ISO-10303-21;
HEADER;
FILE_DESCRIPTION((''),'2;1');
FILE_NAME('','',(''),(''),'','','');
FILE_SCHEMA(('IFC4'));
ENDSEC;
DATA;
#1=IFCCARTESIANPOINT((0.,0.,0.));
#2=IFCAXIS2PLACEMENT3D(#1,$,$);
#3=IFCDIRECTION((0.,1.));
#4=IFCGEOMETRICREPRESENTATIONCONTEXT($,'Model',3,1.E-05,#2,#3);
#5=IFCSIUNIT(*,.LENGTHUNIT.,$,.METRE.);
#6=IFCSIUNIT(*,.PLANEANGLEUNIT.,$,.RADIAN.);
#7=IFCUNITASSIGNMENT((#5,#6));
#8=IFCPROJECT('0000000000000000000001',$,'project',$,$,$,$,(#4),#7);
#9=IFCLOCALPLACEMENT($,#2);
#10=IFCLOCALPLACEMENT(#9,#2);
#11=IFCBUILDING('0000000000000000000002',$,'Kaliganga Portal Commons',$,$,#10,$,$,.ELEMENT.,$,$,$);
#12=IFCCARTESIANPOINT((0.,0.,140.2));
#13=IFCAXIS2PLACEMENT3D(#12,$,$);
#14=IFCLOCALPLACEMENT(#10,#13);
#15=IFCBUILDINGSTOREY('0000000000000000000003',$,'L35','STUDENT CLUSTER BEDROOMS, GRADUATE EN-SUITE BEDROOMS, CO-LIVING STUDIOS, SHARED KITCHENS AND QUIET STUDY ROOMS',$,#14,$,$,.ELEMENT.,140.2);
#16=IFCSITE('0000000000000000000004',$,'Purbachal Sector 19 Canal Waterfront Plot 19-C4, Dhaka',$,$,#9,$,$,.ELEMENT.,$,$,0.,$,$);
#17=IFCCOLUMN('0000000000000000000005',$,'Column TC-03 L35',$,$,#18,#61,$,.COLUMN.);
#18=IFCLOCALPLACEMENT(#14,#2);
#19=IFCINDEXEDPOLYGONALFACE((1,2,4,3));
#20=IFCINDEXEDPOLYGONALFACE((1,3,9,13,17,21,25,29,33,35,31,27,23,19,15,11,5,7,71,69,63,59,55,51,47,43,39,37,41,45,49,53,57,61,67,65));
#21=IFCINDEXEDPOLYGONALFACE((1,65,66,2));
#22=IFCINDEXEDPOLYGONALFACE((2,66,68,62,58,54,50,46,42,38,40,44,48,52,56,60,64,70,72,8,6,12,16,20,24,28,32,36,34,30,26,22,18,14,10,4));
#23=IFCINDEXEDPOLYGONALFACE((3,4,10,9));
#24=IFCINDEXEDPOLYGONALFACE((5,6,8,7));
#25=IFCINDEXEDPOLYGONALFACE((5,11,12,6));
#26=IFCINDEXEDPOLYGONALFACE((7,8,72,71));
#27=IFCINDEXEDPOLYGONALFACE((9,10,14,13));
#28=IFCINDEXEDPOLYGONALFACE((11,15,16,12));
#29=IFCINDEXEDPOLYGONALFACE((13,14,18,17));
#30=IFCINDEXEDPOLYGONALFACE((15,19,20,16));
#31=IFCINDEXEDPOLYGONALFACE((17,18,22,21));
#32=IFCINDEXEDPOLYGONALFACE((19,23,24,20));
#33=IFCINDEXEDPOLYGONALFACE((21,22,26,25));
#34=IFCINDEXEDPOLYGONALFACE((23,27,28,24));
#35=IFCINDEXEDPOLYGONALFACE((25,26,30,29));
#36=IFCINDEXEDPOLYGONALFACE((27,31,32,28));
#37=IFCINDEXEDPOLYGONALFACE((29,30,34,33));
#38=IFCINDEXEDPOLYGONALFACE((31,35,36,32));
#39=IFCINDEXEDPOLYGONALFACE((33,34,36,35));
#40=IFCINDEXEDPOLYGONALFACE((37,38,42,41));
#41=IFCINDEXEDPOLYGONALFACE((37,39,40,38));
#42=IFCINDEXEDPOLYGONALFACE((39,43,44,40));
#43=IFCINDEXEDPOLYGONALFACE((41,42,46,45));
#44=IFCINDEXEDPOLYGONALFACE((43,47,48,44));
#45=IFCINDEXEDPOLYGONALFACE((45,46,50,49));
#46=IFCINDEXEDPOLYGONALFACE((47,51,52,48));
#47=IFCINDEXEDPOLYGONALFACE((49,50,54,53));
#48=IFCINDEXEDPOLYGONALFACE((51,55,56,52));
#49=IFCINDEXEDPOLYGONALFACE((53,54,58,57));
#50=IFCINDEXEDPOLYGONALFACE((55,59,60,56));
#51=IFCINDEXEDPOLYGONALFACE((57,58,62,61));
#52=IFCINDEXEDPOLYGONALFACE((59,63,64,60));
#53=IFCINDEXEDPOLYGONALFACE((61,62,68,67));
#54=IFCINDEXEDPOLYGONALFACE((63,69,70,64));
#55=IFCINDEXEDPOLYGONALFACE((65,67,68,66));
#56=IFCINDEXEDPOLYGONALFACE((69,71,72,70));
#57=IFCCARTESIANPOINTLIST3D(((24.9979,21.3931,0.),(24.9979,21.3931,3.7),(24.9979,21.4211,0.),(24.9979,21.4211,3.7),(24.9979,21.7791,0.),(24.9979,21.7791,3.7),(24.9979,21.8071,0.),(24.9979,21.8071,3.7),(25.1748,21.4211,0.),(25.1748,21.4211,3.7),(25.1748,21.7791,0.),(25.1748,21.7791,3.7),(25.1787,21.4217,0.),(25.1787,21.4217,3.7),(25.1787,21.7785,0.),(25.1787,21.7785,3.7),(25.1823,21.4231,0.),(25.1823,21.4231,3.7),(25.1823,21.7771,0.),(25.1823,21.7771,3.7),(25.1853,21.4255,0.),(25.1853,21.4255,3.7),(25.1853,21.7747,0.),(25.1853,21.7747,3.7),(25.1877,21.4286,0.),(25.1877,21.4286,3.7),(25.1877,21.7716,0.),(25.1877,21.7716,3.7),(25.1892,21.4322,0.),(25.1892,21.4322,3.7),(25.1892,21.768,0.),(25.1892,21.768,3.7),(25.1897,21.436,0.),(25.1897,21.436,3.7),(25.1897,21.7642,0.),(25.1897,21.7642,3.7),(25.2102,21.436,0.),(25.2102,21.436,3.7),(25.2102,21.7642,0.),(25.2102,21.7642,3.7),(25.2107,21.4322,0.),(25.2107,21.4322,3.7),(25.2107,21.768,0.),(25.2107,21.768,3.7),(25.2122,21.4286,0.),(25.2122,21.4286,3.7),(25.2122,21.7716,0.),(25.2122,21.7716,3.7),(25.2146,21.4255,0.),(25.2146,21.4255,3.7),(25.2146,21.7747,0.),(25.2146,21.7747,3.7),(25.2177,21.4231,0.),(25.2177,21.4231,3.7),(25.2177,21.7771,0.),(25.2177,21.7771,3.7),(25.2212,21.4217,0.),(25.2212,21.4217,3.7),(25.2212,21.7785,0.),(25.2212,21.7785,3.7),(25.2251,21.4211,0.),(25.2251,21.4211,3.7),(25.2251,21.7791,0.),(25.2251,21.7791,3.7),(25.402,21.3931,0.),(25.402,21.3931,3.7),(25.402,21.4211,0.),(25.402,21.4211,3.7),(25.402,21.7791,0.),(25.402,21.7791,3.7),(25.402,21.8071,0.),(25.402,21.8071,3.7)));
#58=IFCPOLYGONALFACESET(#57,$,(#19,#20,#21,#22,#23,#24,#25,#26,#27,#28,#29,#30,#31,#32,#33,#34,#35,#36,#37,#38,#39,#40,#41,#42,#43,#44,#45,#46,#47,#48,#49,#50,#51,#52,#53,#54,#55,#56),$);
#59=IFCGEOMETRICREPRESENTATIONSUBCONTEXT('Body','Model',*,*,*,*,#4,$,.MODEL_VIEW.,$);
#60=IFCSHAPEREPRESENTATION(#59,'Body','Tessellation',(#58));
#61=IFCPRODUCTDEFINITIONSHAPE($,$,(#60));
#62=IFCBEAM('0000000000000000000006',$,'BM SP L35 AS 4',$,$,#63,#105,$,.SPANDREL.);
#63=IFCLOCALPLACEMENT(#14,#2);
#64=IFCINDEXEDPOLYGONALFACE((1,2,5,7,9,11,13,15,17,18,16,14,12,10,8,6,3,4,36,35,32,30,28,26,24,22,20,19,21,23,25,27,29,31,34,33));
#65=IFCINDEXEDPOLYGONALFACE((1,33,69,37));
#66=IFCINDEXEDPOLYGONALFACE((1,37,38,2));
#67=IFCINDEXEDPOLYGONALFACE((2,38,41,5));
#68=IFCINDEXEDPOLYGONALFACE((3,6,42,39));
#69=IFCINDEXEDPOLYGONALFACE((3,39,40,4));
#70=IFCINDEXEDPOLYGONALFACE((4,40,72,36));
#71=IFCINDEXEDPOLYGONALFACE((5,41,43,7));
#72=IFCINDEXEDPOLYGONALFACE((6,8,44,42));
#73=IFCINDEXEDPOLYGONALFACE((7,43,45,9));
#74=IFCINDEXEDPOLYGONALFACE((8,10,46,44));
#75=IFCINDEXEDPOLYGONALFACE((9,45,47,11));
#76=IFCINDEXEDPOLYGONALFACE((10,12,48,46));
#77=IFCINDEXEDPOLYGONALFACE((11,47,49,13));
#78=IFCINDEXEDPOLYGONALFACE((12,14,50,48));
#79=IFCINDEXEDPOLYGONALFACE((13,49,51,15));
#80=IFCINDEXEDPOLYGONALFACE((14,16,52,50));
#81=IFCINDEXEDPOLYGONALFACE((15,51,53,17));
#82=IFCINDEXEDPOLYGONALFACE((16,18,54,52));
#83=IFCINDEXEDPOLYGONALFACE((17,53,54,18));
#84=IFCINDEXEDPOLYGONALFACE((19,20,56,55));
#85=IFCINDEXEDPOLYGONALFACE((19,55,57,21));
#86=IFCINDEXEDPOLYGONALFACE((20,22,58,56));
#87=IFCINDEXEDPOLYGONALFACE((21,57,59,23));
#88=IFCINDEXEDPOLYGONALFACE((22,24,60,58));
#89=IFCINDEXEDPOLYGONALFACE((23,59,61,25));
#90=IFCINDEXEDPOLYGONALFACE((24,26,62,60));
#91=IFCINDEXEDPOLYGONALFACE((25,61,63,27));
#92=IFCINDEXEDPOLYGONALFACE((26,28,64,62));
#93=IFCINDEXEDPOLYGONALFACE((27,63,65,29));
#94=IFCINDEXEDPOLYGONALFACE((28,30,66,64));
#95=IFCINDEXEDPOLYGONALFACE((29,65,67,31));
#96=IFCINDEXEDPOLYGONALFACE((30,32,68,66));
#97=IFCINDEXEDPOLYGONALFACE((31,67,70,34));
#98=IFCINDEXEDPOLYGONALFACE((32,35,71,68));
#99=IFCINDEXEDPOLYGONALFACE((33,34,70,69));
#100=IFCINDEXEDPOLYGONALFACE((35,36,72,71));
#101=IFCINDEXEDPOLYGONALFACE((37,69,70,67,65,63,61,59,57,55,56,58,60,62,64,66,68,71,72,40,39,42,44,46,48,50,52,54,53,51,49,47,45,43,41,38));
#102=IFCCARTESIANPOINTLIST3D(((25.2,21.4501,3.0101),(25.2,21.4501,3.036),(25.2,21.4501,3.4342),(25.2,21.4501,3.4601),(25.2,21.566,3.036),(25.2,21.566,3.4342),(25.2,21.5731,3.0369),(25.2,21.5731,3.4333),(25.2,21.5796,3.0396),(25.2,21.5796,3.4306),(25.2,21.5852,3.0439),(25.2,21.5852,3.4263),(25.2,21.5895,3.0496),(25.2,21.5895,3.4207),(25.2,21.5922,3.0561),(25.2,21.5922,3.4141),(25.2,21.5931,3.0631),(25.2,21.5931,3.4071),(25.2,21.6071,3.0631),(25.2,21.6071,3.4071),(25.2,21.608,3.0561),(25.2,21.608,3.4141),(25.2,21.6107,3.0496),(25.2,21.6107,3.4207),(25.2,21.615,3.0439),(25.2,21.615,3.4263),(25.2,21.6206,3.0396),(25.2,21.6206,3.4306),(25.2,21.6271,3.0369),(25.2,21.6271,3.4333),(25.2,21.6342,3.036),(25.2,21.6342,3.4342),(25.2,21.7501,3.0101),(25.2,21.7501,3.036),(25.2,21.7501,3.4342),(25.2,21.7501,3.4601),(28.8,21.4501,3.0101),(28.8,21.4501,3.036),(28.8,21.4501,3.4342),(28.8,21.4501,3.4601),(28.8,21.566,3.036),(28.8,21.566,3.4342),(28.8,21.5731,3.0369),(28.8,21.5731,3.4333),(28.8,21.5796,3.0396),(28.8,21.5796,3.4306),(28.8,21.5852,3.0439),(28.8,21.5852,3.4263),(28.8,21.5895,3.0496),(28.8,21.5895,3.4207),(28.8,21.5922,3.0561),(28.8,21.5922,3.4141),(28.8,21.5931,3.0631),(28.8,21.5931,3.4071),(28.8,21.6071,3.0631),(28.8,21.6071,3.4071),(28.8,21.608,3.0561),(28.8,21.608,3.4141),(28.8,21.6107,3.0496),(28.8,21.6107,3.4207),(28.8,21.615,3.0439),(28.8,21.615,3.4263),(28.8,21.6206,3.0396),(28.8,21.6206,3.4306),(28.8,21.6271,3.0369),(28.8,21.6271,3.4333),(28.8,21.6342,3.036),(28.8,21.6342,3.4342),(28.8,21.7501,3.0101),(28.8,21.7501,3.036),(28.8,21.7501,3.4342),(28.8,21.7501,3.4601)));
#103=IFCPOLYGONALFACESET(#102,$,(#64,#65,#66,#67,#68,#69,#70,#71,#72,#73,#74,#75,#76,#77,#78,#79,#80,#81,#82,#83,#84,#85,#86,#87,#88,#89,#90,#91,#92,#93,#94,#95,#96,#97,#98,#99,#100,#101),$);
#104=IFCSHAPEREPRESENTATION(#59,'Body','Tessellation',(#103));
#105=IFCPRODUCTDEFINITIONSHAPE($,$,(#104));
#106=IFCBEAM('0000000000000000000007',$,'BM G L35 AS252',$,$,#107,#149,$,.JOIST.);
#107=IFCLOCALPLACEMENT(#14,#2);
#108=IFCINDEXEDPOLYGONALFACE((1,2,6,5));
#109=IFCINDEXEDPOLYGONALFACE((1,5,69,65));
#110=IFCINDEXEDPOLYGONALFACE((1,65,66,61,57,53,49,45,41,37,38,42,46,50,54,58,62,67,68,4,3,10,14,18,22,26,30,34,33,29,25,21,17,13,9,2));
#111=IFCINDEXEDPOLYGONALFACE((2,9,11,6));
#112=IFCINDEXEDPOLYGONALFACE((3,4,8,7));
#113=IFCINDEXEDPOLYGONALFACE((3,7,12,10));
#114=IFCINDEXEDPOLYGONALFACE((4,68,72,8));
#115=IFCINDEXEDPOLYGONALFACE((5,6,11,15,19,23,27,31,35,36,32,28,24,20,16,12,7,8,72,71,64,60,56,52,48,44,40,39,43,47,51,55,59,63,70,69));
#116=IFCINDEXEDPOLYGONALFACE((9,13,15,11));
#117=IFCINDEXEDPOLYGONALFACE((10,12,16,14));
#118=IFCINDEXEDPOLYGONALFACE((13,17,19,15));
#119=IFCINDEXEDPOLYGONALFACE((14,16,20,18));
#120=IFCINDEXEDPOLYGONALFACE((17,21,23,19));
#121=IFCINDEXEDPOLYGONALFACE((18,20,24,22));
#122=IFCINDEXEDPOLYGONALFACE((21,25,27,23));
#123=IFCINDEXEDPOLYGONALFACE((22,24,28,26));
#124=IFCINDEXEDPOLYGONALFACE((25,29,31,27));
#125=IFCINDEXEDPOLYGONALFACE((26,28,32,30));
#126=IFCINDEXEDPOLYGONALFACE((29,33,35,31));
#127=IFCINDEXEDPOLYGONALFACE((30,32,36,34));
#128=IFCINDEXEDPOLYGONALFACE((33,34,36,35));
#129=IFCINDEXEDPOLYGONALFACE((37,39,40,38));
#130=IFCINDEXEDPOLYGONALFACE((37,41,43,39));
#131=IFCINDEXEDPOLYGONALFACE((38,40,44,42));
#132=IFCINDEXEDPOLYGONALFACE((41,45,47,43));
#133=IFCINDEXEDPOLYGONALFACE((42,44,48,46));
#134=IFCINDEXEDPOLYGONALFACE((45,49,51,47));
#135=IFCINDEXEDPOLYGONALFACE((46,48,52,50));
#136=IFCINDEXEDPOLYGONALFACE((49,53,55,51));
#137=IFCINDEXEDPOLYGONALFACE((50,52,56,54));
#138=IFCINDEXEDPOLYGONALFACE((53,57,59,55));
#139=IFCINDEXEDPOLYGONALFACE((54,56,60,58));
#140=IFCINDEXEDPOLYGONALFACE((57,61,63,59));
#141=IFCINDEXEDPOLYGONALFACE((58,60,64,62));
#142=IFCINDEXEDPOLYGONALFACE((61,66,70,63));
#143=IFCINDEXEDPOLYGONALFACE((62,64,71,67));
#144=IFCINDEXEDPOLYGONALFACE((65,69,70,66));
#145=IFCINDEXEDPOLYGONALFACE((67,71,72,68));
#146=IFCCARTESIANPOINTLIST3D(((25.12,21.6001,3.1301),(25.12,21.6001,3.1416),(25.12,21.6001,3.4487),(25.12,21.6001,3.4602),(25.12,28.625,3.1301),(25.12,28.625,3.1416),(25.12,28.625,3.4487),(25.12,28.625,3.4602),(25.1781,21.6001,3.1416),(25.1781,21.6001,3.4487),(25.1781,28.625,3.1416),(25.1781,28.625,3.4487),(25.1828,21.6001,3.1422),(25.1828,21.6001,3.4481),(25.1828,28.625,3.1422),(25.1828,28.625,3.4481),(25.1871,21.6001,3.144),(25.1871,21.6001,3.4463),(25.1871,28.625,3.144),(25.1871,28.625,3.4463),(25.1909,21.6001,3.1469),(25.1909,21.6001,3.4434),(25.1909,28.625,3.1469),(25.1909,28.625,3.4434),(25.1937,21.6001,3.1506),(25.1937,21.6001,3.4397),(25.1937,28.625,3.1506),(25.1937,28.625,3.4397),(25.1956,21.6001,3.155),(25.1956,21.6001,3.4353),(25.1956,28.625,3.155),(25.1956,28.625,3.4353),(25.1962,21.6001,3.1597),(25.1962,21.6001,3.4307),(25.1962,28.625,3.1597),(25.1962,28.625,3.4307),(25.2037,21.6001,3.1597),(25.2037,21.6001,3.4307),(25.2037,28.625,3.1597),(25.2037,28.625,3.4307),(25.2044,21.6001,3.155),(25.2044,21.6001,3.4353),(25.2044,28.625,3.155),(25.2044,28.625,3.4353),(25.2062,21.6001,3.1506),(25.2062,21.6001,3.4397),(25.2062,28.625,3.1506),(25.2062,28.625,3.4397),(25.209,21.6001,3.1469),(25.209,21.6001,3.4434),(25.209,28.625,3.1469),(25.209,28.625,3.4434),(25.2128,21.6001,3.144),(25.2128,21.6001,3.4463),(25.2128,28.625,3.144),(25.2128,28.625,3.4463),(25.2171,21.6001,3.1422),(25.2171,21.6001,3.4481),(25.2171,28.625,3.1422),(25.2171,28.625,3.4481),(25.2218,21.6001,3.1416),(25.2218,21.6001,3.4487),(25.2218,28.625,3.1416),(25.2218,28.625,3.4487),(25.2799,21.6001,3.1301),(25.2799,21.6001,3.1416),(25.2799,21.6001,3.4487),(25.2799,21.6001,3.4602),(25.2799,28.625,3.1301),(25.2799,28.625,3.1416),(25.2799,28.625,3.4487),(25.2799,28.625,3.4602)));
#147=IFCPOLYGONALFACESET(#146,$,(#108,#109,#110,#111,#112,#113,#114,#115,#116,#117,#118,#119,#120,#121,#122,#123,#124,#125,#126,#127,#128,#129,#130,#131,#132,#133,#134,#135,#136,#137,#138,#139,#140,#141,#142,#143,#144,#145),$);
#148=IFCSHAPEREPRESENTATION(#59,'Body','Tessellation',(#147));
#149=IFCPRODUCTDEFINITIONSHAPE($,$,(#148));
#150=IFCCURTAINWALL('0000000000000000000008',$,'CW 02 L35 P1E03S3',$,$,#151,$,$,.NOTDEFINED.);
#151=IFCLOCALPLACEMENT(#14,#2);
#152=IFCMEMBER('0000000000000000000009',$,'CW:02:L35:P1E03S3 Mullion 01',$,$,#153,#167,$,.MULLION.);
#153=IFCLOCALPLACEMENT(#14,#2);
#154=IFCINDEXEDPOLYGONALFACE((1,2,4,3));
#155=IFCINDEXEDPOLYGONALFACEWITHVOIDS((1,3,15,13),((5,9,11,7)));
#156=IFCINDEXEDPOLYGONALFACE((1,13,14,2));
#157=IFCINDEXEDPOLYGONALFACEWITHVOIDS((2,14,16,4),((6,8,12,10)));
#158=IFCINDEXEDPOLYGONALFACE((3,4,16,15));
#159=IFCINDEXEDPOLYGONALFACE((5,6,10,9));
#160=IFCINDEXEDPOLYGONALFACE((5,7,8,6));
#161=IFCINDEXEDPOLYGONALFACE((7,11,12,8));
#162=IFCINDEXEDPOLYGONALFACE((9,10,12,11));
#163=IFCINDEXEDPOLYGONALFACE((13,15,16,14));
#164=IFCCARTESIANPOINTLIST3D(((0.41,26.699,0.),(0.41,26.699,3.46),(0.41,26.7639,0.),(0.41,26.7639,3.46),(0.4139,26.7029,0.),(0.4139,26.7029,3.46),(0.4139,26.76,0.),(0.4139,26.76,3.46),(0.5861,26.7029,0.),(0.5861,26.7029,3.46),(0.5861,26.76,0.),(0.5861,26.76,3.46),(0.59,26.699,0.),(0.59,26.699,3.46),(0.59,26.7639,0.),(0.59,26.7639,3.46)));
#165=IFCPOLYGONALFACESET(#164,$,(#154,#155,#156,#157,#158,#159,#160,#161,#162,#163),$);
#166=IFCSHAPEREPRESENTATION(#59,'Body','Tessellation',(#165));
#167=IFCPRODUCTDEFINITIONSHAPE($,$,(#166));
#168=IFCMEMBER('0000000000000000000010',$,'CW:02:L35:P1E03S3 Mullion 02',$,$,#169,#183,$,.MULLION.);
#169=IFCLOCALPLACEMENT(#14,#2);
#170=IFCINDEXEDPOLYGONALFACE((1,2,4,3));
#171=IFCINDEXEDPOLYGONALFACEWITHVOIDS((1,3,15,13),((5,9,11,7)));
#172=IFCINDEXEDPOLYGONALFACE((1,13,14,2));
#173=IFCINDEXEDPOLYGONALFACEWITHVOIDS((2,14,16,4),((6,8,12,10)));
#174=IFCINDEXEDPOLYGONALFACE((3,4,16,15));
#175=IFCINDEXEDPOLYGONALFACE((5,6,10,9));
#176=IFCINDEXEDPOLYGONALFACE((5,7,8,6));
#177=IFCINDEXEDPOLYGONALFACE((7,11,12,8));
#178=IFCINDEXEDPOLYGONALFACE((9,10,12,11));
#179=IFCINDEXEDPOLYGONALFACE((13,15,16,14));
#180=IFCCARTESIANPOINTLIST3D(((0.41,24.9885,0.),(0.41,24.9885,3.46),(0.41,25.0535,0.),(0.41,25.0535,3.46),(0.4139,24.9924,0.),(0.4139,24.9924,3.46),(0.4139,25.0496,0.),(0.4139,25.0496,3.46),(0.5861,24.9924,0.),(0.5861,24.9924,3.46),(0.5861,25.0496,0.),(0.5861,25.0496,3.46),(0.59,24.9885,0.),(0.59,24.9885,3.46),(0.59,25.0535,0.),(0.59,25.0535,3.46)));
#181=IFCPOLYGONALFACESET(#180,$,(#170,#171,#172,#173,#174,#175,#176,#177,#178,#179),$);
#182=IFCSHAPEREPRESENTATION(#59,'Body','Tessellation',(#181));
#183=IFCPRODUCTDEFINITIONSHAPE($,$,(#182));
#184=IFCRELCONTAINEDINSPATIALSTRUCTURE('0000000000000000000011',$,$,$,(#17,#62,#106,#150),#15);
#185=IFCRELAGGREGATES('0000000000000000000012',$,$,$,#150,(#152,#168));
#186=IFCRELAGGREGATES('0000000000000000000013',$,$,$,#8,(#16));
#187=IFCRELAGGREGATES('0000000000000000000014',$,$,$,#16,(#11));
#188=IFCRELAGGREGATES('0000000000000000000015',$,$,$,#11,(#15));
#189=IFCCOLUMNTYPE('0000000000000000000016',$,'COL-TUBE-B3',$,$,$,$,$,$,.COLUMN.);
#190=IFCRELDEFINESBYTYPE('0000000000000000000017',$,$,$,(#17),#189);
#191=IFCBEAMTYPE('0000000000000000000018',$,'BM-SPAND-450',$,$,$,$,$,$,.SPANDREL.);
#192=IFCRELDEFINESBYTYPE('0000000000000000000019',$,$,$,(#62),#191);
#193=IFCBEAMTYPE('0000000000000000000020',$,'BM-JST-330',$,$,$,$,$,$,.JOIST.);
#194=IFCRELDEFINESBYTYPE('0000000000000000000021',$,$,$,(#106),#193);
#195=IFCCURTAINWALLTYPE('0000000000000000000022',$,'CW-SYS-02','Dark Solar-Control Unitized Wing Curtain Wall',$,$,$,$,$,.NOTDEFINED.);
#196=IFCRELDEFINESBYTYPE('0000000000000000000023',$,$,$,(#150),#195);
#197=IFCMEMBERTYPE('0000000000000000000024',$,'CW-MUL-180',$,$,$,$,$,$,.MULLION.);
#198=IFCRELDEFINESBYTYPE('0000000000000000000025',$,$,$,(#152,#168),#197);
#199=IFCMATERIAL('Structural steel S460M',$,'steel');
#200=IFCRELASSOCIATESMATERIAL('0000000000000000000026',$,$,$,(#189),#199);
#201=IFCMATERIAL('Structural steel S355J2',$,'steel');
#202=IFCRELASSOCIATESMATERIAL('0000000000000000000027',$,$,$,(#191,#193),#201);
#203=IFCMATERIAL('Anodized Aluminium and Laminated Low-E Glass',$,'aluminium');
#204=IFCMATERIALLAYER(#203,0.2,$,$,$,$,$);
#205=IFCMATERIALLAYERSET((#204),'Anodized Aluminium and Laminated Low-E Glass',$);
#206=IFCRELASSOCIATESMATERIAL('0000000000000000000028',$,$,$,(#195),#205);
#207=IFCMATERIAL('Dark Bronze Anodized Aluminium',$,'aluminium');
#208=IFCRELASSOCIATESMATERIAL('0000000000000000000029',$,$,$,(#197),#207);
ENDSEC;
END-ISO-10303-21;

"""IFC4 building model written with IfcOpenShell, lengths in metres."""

from ifc_helpers import new_model, si_unit, direction, frame, origin, origin_2d, place, context, subcontext, project, spatial, hollow_rectangle, i_section, extrude, source, transform, mapped, material, layer, layer_set, material_profile, profile_set, type_object, element, aggregate, save


model = new_model("IFC4")

# Units and contexts
model_context = context("Model", 3, precision=1e-05, world=origin(), true_north=direction((0.0, 1.0)))
body_context = subcontext(model_context, "Body", "Model", "MODEL_VIEW")
ifc_project = project(units=[si_unit("LENGTHUNIT", "METRE"), si_unit("PLANEANGLEUNIT", "RADIAN")], contexts=[model_context])

# Site, building, storey
site_placement = place(None, origin())
site = spatial("IfcSite", under=ifc_project, at=site_placement, Name="Purbachal Sector 19 Canal Waterfront Plot 19-C4, Dhaka", CompositionType="ELEMENT", RefElevation=0.0)
building_placement = place(site_placement, origin())
building = spatial("IfcBuilding", under=site, at=building_placement, Name="Kaliganga Portal Commons", CompositionType="ELEMENT")
storey_placement = place(building_placement, frame((0.0, 0.0, 140.2)))
storey = spatial("IfcBuildingStorey", under=building, at=storey_placement, Name="L35", Description="STUDENT CLUSTER BEDROOMS, GRADUATE EN-SUITE BEDROOMS, CO-LIVING STUDIOS, SHARED KITCHENS AND QUIET STUDY ROOMS", CompositionType="ELEMENT", Elevation=140.2)

# Column
ifc_material_1 = material(Name="Structural steel S460M", Category="steel")
ifc_material_profile_1 = material_profile(ifc_material_1, i_section(OverallWidth=0.4041, OverallDepth=0.4141, WebThickness=0.0205, FlangeThickness=0.0281, FilletRadius=0.0149, at=origin_2d()), Name="HD 400x347")
ifc_profile_set_1 = profile_set([ifc_material_profile_1], Name="Structural steel S460M wide-flange")
column_type = type_object("IfcColumnType", Name="COL-TUBE-B3", PredefinedType="COLUMN", material=ifc_profile_set_1)
shared_shape_1 = source(origin(), body_context, "Body", "SweptSolid", [
    extrude(i_section(OverallWidth=0.4041, OverallDepth=0.4141, WebThickness=0.0205, FlangeThickness=0.0281, FilletRadius=0.0149, at=origin_2d()), origin(), (0.0, 0.0, 1.0), 3.7),
])
column_placement = place(storey_placement, frame((25.2, 21.6001, 0.0), z_axis=(0.0, 0.0, 1.0), x_axis=(1.0, 0.0, 0.0)))
element("IfcColumn", 1, at=column_placement, inside=storey, type_object=column_type, Name="Column TC-03 L35", PredefinedType="COLUMN", context=body_context, shape_type="MappedRepresentation", body=[
    mapped(shared_shape_1, transform((0.0, 0.0, 0.0), x_axis=(1.0, 0.0, 0.0), y_axis=(0.0, 1.0, 0.0), z_axis=(0.0, 0.0, 1.0), scale=1.0)),
])

# Beams
ifc_material_2 = material(Name="Structural steel S355J2", Category="steel")
ifc_material_profile_2 = material_profile(ifc_material_2, i_section(OverallWidth=0.3, OverallDepth=0.45, WebThickness=0.0139, FlangeThickness=0.0259, FilletRadius=0.0271, at=origin_2d()), Name="HE 450 B")
ifc_profile_set_2 = profile_set([ifc_material_profile_2], Name="Structural steel S355J2 wide-flange")
beam_type_1 = type_object("IfcBeamType", Name="BM-SPAND-450", PredefinedType="SPANDREL", material=ifc_profile_set_2)
shared_shape_2 = source(origin(), body_context, "Body", "SweptSolid", [
    extrude(i_section(OverallWidth=0.3, OverallDepth=0.45, WebThickness=0.0139, FlangeThickness=0.0259, FilletRadius=0.0271, at=origin_2d()), origin(), (0.0, 0.0, 1.0), 3.6001),
])
beam_1_placement = place(storey_placement, frame((25.2, 21.6001, 3.2351), z_axis=(1.0, 0.0, 0.0), x_axis=(0.0, 1.0, 0.0)))
element("IfcBeam", 2, at=beam_1_placement, inside=storey, type_object=beam_type_1, Name="BM SP L35 AS 4", PredefinedType="SPANDREL", context=body_context, shape_type="MappedRepresentation", body=[
    mapped(shared_shape_2, transform((0.0, 0.0, 0.0), x_axis=(1.0, 0.0, 0.0), y_axis=(0.0, 1.0, 0.0), z_axis=(0.0, 0.0, 1.0), scale=1.0)),
])
ifc_material_profile_3 = material_profile(ifc_material_2, i_section(OverallWidth=0.1599, OverallDepth=0.3301, WebThickness=0.0076, FlangeThickness=0.0115, FilletRadius=0.0181, at=origin_2d()), Name="IPE 330")
ifc_profile_set_3 = profile_set([ifc_material_profile_3], Name="Structural steel S355J2 wide-flange")
beam_type_2 = type_object("IfcBeamType", Name="BM-JST-330", PredefinedType="JOIST", material=ifc_profile_set_3)
shared_shape_3 = source(origin(), body_context, "Body", "SweptSolid", [
    extrude(i_section(OverallWidth=0.1599, OverallDepth=0.3301, WebThickness=0.0076, FlangeThickness=0.0115, FilletRadius=0.0181, at=origin_2d()), origin(), (0.0, 0.0, 1.0), 7.0249),
])
beam_2_placement = place(storey_placement, frame((25.2, 21.6001, 3.2952), z_axis=(0.0, 1.0, 0.0), x_axis=(-1.0, 0.0, 0.0)))
element("IfcBeam", 3, at=beam_2_placement, inside=storey, type_object=beam_type_2, Name="BM G L35 AS252", PredefinedType="JOIST", context=body_context, shape_type="MappedRepresentation", body=[
    mapped(shared_shape_3, transform((0.0, 0.0, 0.0), x_axis=(1.0, 0.0, 0.0), y_axis=(0.0, 1.0, 0.0), z_axis=(0.0, 0.0, 1.0), scale=1.0)),
])

# Curtain wall, members
ifc_material_3 = material(Name="Anodized Aluminium and Laminated Low-E Glass", Category="aluminium")
ifc_layer_1 = layer(ifc_material_3, 0.2)
ifc_layer_set_1 = layer_set([ifc_layer_1], Name="Anodized Aluminium and Laminated Low-E Glass")
curtain_wall_type = type_object("IfcCurtainWallType", Name="CW-SYS-02", Description="Dark Solar-Control Unitized Wing Curtain Wall", PredefinedType="NOTDEFINED", material=ifc_layer_set_1)
curtain_wall_placement = place(storey_placement, origin())
curtain_wall = element("IfcCurtainWall", 4, at=curtain_wall_placement, inside=storey, type_object=curtain_wall_type, Name="CW 02 L35 P1E03S3", PredefinedType="NOTDEFINED")
ifc_material_4 = material(Name="Dark Bronze Anodized Aluminium", Category="aluminium")
ifc_material_profile_4 = material_profile(ifc_material_4, hollow_rectangle(XDim=0.0649, YDim=0.1799, WallThickness=0.0039, at=origin_2d()), Name="ALU MULL 65x180x4")
ifc_profile_set_4 = profile_set([ifc_material_profile_4], Name="Dark Bronze Anodized Aluminium")
member_type = type_object("IfcMemberType", Name="CW-MUL-180", PredefinedType="MULLION", material=ifc_profile_set_4)
shared_shape_4 = source(origin(), body_context, "Body", "SweptSolid", [
    extrude(hollow_rectangle(XDim=0.0649, YDim=0.1799, WallThickness=0.0039, at=origin_2d()), origin(), (0.0, 0.0, 1.0), 3.46),
])
member_1_placement = place(storey_placement, frame((0.5, 26.7314, 0.0), z_axis=(0.0, 0.0, 1.0), x_axis=(0.0, -1.0, 0.0)))
member_1 = element("IfcMember", 5, at=member_1_placement, type_object=member_type, Name="CW:02:L35:P1E03S3 Mullion 01", PredefinedType="MULLION", context=body_context, shape_type="MappedRepresentation", body=[
    mapped(shared_shape_4, transform((0.0, 0.0, 0.0), x_axis=(1.0, 0.0, 0.0), y_axis=(0.0, 1.0, 0.0), z_axis=(0.0, 0.0, 1.0), scale=1.0)),
])
member_2_placement = place(storey_placement, frame((0.5, 25.021, 0.0), z_axis=(0.0, 0.0, 1.0), x_axis=(0.0, -1.0, 0.0)))
member_2 = element("IfcMember", 6, at=member_2_placement, type_object=member_type, Name="CW:02:L35:P1E03S3 Mullion 02", PredefinedType="MULLION", context=body_context, shape_type="MappedRepresentation", body=[
    mapped(shared_shape_4, transform((0.0, 0.0, 0.0), x_axis=(1.0, 0.0, 0.0), y_axis=(0.0, 1.0, 0.0), z_axis=(0.0, 0.0, 1.0), scale=1.0)),
])
aggregate(curtain_wall, [member_1, member_2])

save(model, "model.ifc")
